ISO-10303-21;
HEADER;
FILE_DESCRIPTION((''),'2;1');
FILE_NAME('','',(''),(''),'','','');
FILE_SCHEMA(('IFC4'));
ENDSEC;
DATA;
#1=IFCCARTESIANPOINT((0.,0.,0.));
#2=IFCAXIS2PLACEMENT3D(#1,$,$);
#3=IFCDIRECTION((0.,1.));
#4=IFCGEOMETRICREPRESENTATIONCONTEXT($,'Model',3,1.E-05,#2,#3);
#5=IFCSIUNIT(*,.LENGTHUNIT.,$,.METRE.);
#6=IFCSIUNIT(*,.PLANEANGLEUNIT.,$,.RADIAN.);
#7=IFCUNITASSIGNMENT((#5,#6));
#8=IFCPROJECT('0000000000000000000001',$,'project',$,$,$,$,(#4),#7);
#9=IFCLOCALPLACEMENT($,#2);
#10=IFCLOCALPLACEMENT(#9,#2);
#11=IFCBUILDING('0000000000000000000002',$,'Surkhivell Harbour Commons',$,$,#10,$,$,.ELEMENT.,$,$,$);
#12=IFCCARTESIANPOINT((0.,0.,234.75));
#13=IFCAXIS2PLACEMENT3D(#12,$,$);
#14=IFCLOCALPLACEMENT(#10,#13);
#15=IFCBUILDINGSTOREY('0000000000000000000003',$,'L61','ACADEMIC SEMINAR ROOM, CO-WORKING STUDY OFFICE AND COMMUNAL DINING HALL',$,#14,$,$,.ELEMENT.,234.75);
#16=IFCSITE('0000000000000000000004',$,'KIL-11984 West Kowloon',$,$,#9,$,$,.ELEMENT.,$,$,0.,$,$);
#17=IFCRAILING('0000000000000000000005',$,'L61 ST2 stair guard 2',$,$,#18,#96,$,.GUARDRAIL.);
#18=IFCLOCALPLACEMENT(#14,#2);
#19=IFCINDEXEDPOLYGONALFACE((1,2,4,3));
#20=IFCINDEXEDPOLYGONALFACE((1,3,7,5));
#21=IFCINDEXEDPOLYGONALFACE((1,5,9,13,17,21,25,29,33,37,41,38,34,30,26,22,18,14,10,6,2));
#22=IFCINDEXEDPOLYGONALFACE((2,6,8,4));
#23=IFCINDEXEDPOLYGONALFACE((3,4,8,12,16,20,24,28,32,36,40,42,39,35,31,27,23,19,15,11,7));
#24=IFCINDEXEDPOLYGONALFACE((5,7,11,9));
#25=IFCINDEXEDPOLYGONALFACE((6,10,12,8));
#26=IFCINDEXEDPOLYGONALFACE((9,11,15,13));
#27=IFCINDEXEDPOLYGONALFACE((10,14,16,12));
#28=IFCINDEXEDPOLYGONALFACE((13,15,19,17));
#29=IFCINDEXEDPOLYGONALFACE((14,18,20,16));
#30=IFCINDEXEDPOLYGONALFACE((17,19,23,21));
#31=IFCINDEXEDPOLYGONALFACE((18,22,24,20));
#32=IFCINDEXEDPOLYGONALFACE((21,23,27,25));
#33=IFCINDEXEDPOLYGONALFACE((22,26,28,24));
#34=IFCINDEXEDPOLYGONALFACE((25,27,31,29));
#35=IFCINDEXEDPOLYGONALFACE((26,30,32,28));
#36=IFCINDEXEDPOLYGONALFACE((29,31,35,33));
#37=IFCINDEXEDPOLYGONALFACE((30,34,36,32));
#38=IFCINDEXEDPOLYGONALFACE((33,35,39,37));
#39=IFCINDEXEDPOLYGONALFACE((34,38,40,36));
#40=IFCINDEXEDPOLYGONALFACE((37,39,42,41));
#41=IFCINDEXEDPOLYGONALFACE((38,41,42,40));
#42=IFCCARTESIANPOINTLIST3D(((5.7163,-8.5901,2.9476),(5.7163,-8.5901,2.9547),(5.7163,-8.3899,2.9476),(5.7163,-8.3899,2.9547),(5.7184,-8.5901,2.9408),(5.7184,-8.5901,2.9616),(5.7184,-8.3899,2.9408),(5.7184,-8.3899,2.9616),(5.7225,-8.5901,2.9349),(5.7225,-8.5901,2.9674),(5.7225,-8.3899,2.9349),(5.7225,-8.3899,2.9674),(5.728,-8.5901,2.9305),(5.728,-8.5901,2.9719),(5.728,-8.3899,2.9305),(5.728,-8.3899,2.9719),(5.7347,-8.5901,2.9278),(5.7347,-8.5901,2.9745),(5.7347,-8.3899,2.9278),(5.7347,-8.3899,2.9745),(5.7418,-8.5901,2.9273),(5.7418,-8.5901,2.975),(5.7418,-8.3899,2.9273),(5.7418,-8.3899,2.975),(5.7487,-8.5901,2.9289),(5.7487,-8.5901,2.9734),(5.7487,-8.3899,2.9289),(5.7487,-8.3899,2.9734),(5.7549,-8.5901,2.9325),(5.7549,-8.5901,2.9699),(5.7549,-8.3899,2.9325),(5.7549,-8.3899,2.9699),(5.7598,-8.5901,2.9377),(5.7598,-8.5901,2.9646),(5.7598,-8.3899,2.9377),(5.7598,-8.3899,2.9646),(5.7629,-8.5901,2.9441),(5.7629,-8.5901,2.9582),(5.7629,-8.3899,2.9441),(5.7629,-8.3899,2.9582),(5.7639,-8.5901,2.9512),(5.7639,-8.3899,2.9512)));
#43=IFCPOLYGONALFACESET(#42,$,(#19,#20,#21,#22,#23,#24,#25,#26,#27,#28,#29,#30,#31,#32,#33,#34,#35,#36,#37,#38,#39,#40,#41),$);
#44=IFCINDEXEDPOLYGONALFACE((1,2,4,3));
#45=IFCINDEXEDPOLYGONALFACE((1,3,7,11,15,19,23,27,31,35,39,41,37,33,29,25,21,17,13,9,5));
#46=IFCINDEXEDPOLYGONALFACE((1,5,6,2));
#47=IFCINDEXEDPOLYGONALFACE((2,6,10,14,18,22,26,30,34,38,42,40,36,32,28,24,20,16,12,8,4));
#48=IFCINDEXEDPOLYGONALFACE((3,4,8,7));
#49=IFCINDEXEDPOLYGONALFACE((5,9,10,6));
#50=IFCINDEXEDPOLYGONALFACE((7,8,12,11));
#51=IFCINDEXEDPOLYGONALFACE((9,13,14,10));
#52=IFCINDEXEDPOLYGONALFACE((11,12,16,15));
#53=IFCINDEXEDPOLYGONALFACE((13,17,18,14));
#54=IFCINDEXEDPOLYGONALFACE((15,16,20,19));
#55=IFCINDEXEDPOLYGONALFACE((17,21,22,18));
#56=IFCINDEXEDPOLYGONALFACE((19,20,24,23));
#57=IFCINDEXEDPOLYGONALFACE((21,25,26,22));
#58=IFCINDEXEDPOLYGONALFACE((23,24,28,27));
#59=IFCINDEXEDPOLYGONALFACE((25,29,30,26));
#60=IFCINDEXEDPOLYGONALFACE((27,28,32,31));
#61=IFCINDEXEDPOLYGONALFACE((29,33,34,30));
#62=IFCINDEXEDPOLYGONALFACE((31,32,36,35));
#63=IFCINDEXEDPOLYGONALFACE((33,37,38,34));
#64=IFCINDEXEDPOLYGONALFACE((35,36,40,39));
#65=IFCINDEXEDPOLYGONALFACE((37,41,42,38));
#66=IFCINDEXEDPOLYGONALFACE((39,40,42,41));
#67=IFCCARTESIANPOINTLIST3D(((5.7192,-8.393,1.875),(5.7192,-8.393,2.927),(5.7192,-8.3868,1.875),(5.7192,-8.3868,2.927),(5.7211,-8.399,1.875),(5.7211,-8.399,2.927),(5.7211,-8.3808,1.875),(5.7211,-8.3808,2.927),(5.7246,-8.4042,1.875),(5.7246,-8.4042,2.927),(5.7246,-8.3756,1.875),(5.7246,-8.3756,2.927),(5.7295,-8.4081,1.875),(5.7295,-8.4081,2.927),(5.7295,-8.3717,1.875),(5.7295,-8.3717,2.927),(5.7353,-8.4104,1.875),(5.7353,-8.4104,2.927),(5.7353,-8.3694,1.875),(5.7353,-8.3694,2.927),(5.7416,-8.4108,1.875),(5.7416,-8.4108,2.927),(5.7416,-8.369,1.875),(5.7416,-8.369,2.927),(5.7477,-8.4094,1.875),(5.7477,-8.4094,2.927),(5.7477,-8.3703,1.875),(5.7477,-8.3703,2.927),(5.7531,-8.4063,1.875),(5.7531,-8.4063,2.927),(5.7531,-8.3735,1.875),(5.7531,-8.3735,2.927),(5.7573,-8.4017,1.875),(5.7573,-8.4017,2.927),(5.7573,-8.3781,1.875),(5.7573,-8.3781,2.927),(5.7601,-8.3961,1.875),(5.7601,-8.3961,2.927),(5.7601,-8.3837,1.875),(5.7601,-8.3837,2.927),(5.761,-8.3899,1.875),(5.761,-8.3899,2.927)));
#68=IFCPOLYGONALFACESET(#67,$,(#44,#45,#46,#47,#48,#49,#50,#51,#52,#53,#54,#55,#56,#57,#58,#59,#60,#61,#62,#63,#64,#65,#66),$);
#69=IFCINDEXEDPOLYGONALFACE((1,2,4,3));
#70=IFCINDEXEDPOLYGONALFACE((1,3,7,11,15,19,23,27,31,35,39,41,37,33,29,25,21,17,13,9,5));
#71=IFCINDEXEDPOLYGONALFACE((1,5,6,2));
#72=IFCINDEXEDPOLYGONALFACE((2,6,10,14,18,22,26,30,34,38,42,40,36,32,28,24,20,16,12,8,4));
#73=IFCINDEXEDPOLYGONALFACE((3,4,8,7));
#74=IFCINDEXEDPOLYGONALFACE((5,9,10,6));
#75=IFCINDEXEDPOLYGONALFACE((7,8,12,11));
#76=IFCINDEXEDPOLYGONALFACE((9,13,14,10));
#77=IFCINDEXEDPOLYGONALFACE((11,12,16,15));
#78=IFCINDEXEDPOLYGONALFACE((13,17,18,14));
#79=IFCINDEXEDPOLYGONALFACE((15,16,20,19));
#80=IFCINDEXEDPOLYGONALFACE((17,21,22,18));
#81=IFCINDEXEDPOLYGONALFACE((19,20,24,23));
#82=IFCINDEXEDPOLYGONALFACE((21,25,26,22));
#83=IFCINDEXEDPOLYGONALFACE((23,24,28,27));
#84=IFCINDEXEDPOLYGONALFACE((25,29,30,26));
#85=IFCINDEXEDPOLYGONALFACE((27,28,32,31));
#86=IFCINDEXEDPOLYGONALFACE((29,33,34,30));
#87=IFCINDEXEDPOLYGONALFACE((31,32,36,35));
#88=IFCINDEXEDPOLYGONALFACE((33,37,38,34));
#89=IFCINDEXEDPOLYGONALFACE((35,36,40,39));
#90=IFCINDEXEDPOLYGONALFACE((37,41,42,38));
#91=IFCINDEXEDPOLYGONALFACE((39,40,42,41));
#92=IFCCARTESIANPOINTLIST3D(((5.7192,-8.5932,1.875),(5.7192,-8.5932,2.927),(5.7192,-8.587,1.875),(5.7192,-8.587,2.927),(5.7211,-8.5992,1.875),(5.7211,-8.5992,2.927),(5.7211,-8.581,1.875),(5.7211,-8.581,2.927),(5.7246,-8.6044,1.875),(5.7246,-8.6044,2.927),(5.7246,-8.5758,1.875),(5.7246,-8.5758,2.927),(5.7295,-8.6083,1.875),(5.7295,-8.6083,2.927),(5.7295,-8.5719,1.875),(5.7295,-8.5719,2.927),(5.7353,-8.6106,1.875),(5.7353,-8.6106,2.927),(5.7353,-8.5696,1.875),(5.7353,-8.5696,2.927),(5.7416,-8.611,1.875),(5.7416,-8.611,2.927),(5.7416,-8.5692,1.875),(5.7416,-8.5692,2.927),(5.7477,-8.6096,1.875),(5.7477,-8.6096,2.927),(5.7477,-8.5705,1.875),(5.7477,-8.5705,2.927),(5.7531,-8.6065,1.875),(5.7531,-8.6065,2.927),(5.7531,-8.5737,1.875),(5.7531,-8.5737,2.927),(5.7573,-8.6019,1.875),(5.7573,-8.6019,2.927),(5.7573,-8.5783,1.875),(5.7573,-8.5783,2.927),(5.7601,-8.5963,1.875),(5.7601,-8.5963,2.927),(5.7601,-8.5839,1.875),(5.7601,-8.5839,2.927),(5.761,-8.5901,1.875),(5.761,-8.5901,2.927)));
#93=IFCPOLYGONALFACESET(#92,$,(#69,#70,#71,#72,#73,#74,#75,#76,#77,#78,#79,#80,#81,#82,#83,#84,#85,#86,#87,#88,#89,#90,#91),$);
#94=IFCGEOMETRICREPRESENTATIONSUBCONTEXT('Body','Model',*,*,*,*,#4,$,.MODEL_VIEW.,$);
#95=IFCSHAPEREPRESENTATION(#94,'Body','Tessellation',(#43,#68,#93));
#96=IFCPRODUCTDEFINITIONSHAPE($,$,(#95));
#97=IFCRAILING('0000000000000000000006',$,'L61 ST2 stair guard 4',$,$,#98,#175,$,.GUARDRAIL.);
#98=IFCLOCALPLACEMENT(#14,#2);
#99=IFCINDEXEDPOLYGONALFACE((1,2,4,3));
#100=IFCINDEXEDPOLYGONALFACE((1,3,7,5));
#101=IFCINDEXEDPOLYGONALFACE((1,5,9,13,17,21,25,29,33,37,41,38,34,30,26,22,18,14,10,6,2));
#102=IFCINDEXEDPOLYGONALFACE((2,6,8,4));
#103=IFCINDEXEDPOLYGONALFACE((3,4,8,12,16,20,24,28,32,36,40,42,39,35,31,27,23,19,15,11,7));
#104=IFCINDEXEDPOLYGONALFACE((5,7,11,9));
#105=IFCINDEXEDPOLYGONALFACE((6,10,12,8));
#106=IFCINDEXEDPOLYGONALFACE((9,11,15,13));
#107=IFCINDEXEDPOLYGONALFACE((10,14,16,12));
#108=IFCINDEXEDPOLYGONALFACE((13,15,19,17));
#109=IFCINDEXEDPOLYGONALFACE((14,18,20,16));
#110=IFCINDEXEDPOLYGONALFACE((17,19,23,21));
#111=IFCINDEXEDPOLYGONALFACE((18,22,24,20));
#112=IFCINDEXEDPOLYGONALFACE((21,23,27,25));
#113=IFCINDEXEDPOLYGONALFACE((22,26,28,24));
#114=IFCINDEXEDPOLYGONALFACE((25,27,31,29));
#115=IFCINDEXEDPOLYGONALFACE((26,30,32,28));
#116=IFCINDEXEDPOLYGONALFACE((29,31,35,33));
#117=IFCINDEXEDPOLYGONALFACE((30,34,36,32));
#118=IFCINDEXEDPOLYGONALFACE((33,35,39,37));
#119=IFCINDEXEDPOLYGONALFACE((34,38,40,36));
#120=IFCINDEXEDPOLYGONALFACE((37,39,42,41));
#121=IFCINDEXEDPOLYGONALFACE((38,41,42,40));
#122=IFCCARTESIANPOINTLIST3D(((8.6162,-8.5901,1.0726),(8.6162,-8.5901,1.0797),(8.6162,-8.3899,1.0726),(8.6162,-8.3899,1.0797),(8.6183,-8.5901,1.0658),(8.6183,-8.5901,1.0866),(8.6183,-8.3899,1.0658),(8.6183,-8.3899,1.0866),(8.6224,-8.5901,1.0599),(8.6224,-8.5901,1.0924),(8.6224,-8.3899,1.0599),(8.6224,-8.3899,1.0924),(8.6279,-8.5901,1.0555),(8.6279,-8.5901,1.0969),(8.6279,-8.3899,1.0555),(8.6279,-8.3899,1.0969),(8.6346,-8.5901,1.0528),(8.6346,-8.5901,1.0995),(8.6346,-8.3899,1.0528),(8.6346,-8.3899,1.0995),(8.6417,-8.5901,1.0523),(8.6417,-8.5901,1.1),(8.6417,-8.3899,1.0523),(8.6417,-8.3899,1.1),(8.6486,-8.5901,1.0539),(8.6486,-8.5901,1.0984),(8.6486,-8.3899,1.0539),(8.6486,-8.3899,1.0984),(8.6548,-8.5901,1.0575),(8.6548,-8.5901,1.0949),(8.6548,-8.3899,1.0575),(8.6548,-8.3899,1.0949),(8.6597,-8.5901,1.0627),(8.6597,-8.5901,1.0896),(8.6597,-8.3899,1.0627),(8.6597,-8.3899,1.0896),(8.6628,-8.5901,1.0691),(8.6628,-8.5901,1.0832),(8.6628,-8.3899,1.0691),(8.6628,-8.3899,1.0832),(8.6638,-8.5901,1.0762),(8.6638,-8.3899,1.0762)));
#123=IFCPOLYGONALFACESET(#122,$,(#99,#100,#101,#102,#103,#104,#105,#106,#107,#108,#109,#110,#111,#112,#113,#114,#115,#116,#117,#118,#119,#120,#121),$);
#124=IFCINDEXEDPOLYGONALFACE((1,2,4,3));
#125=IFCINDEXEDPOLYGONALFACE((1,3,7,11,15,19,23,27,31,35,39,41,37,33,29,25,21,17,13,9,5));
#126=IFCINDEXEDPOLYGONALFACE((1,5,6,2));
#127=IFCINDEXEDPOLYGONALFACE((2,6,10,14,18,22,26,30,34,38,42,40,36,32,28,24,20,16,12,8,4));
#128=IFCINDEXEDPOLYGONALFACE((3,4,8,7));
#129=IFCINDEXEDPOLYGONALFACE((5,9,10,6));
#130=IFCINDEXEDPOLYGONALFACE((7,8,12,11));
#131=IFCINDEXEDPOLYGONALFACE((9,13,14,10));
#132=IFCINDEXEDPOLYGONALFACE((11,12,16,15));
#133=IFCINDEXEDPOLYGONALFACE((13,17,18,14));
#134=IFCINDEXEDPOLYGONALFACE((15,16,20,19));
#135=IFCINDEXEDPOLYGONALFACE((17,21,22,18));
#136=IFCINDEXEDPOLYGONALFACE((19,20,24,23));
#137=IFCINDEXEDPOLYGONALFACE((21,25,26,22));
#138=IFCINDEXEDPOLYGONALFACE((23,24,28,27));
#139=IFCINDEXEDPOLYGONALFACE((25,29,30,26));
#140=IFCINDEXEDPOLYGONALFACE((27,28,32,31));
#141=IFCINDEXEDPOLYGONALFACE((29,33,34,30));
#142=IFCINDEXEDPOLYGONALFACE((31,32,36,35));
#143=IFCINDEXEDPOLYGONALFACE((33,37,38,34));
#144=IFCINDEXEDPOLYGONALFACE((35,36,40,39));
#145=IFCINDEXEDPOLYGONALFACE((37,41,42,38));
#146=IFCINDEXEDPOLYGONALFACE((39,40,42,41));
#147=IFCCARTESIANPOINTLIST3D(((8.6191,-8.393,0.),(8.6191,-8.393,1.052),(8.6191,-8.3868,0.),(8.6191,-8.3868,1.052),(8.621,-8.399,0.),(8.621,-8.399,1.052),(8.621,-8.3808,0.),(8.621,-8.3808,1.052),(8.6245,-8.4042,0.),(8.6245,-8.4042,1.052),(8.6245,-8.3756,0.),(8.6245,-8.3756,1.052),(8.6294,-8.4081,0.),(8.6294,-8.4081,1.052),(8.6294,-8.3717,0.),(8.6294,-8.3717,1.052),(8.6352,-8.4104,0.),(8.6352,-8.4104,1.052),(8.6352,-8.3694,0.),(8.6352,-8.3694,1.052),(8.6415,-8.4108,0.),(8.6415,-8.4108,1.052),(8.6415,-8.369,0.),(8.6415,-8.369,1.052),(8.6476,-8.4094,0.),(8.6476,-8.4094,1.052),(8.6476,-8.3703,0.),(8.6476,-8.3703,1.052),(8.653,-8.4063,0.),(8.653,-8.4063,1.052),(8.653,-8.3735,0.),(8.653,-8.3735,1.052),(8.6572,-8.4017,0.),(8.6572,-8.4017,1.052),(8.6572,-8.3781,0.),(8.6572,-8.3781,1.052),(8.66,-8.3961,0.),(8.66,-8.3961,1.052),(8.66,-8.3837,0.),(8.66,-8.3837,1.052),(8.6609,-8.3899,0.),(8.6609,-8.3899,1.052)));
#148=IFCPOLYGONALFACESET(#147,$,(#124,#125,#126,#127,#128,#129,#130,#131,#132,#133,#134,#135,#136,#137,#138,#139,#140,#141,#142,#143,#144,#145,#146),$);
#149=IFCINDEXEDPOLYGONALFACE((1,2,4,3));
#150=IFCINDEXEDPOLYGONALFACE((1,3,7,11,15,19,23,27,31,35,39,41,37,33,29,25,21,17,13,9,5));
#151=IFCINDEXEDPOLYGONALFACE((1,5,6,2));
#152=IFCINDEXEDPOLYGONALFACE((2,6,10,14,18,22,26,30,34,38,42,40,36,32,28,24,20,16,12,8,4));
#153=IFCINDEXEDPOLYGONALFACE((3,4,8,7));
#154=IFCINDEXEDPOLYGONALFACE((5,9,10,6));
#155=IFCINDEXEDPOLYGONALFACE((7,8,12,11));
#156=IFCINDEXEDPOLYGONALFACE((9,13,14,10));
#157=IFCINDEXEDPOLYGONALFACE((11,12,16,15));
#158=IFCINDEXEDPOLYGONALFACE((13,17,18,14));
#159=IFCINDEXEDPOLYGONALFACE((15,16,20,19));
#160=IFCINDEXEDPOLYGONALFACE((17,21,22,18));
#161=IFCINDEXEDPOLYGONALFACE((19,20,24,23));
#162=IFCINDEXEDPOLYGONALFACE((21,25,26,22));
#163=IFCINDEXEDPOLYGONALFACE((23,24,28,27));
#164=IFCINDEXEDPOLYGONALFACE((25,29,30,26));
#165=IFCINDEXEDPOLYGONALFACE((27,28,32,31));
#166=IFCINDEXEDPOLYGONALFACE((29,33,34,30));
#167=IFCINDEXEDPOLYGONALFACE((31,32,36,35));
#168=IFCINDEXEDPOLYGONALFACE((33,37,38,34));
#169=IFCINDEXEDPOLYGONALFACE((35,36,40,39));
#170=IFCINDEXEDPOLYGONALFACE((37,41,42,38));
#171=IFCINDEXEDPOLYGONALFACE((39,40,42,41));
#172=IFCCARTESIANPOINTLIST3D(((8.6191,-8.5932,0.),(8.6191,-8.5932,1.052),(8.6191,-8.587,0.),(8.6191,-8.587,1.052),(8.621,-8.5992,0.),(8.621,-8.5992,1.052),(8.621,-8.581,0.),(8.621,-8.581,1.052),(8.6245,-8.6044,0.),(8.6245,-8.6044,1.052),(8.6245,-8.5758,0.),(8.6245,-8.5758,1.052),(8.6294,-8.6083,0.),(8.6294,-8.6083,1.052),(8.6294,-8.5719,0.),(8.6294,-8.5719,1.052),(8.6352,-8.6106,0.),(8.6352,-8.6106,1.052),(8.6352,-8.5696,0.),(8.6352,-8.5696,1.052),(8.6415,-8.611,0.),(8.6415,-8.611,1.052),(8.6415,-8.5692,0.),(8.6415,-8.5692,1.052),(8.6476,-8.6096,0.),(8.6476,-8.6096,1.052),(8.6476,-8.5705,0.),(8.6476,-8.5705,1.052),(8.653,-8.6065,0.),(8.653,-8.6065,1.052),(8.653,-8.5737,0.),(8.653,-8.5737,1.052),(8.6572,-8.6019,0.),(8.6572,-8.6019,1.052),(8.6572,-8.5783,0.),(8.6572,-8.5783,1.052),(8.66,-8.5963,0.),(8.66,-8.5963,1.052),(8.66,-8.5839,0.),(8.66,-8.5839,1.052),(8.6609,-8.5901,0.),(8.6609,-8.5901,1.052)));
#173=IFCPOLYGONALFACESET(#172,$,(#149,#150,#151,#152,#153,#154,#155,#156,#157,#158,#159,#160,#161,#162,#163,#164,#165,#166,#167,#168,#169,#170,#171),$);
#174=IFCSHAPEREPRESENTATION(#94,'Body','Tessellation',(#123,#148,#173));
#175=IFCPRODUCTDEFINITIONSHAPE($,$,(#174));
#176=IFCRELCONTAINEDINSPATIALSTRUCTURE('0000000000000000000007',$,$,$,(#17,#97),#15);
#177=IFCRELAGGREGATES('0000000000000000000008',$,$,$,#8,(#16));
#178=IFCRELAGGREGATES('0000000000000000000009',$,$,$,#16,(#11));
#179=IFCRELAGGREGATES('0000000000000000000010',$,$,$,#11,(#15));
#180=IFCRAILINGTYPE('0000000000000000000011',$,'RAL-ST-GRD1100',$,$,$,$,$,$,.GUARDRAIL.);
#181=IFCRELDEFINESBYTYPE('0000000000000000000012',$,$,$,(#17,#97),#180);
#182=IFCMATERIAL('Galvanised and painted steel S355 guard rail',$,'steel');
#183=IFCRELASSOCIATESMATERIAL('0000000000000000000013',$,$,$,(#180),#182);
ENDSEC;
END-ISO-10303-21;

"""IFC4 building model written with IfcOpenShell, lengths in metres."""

from ifc_helpers import new_model, si_unit, direction, frame, origin, origin_2d, place, context, subcontext, project, spatial, circle, extrude, material, type_object, element, save


model = new_model("IFC4")

# Units and contexts
model_context = context("Model", 3, precision=1e-05, world=origin(), true_north=direction((0.0, 1.0)))
body_context = subcontext(model_context, "Body", "Model", "MODEL_VIEW")
ifc_project = project(units=[si_unit("LENGTHUNIT", "METRE"), si_unit("PLANEANGLEUNIT", "RADIAN")], contexts=[model_context])

# Site, building, storey
site_placement = place(None, origin())
site = spatial("IfcSite", under=ifc_project, at=site_placement, Name="KIL-11984 West Kowloon", CompositionType="ELEMENT", RefElevation=0.0)
building_placement = place(site_placement, origin())
building = spatial("IfcBuilding", under=site, at=building_placement, Name="Surkhivell Harbour Commons", CompositionType="ELEMENT")
storey_placement = place(building_placement, frame((0.0, 0.0, 234.75)))
storey = spatial("IfcBuildingStorey", under=building, at=storey_placement, Name="L61", Description="ACADEMIC SEMINAR ROOM, CO-WORKING STUDY OFFICE AND COMMUNAL DINING HALL", CompositionType="ELEMENT", Elevation=234.75)

# Railings
ifc_material_1 = material(Name="Galvanised and painted steel S355 guard rail", Category="steel")
railing_type_1 = type_object("IfcRailingType", Name="RAL-ST-GRD1100", PredefinedType="GUARDRAIL", material=ifc_material_1)
for number, where, name in (
    (1, (5.74, -8.3899, 1.875), "L61 ST2 stair guard 2"),
    (2, (8.6399, -8.3899, 0.0), "L61 ST2 stair guard 4"),
):
    element("IfcRailing", number, at=place(storey_placement, frame(where)), inside=storey, type_object=railing_type_1, Name=name, PredefinedType="GUARDRAIL", context=body_context, shape_type="SweptSolid", body=[
        extrude(circle(Radius=0.0239, at=origin_2d()), frame((0.0, 0.0, 1.0762), z_axis=(0.0, -1.0, 0.0), x_axis=(1.0, 0.0, 0.0)), (0.0, 0.0, 1.0), 0.2002),
        extrude(circle(Radius=0.021, at=origin_2d()), origin(), (0.0, 0.0, 1.0), 1.052),
        extrude(circle(Radius=0.021, at=origin_2d()), frame((0.0, -0.2002, 0.0)), (0.0, 0.0, 1.0), 1.052),
    ])

save(model, "model.ifc")
